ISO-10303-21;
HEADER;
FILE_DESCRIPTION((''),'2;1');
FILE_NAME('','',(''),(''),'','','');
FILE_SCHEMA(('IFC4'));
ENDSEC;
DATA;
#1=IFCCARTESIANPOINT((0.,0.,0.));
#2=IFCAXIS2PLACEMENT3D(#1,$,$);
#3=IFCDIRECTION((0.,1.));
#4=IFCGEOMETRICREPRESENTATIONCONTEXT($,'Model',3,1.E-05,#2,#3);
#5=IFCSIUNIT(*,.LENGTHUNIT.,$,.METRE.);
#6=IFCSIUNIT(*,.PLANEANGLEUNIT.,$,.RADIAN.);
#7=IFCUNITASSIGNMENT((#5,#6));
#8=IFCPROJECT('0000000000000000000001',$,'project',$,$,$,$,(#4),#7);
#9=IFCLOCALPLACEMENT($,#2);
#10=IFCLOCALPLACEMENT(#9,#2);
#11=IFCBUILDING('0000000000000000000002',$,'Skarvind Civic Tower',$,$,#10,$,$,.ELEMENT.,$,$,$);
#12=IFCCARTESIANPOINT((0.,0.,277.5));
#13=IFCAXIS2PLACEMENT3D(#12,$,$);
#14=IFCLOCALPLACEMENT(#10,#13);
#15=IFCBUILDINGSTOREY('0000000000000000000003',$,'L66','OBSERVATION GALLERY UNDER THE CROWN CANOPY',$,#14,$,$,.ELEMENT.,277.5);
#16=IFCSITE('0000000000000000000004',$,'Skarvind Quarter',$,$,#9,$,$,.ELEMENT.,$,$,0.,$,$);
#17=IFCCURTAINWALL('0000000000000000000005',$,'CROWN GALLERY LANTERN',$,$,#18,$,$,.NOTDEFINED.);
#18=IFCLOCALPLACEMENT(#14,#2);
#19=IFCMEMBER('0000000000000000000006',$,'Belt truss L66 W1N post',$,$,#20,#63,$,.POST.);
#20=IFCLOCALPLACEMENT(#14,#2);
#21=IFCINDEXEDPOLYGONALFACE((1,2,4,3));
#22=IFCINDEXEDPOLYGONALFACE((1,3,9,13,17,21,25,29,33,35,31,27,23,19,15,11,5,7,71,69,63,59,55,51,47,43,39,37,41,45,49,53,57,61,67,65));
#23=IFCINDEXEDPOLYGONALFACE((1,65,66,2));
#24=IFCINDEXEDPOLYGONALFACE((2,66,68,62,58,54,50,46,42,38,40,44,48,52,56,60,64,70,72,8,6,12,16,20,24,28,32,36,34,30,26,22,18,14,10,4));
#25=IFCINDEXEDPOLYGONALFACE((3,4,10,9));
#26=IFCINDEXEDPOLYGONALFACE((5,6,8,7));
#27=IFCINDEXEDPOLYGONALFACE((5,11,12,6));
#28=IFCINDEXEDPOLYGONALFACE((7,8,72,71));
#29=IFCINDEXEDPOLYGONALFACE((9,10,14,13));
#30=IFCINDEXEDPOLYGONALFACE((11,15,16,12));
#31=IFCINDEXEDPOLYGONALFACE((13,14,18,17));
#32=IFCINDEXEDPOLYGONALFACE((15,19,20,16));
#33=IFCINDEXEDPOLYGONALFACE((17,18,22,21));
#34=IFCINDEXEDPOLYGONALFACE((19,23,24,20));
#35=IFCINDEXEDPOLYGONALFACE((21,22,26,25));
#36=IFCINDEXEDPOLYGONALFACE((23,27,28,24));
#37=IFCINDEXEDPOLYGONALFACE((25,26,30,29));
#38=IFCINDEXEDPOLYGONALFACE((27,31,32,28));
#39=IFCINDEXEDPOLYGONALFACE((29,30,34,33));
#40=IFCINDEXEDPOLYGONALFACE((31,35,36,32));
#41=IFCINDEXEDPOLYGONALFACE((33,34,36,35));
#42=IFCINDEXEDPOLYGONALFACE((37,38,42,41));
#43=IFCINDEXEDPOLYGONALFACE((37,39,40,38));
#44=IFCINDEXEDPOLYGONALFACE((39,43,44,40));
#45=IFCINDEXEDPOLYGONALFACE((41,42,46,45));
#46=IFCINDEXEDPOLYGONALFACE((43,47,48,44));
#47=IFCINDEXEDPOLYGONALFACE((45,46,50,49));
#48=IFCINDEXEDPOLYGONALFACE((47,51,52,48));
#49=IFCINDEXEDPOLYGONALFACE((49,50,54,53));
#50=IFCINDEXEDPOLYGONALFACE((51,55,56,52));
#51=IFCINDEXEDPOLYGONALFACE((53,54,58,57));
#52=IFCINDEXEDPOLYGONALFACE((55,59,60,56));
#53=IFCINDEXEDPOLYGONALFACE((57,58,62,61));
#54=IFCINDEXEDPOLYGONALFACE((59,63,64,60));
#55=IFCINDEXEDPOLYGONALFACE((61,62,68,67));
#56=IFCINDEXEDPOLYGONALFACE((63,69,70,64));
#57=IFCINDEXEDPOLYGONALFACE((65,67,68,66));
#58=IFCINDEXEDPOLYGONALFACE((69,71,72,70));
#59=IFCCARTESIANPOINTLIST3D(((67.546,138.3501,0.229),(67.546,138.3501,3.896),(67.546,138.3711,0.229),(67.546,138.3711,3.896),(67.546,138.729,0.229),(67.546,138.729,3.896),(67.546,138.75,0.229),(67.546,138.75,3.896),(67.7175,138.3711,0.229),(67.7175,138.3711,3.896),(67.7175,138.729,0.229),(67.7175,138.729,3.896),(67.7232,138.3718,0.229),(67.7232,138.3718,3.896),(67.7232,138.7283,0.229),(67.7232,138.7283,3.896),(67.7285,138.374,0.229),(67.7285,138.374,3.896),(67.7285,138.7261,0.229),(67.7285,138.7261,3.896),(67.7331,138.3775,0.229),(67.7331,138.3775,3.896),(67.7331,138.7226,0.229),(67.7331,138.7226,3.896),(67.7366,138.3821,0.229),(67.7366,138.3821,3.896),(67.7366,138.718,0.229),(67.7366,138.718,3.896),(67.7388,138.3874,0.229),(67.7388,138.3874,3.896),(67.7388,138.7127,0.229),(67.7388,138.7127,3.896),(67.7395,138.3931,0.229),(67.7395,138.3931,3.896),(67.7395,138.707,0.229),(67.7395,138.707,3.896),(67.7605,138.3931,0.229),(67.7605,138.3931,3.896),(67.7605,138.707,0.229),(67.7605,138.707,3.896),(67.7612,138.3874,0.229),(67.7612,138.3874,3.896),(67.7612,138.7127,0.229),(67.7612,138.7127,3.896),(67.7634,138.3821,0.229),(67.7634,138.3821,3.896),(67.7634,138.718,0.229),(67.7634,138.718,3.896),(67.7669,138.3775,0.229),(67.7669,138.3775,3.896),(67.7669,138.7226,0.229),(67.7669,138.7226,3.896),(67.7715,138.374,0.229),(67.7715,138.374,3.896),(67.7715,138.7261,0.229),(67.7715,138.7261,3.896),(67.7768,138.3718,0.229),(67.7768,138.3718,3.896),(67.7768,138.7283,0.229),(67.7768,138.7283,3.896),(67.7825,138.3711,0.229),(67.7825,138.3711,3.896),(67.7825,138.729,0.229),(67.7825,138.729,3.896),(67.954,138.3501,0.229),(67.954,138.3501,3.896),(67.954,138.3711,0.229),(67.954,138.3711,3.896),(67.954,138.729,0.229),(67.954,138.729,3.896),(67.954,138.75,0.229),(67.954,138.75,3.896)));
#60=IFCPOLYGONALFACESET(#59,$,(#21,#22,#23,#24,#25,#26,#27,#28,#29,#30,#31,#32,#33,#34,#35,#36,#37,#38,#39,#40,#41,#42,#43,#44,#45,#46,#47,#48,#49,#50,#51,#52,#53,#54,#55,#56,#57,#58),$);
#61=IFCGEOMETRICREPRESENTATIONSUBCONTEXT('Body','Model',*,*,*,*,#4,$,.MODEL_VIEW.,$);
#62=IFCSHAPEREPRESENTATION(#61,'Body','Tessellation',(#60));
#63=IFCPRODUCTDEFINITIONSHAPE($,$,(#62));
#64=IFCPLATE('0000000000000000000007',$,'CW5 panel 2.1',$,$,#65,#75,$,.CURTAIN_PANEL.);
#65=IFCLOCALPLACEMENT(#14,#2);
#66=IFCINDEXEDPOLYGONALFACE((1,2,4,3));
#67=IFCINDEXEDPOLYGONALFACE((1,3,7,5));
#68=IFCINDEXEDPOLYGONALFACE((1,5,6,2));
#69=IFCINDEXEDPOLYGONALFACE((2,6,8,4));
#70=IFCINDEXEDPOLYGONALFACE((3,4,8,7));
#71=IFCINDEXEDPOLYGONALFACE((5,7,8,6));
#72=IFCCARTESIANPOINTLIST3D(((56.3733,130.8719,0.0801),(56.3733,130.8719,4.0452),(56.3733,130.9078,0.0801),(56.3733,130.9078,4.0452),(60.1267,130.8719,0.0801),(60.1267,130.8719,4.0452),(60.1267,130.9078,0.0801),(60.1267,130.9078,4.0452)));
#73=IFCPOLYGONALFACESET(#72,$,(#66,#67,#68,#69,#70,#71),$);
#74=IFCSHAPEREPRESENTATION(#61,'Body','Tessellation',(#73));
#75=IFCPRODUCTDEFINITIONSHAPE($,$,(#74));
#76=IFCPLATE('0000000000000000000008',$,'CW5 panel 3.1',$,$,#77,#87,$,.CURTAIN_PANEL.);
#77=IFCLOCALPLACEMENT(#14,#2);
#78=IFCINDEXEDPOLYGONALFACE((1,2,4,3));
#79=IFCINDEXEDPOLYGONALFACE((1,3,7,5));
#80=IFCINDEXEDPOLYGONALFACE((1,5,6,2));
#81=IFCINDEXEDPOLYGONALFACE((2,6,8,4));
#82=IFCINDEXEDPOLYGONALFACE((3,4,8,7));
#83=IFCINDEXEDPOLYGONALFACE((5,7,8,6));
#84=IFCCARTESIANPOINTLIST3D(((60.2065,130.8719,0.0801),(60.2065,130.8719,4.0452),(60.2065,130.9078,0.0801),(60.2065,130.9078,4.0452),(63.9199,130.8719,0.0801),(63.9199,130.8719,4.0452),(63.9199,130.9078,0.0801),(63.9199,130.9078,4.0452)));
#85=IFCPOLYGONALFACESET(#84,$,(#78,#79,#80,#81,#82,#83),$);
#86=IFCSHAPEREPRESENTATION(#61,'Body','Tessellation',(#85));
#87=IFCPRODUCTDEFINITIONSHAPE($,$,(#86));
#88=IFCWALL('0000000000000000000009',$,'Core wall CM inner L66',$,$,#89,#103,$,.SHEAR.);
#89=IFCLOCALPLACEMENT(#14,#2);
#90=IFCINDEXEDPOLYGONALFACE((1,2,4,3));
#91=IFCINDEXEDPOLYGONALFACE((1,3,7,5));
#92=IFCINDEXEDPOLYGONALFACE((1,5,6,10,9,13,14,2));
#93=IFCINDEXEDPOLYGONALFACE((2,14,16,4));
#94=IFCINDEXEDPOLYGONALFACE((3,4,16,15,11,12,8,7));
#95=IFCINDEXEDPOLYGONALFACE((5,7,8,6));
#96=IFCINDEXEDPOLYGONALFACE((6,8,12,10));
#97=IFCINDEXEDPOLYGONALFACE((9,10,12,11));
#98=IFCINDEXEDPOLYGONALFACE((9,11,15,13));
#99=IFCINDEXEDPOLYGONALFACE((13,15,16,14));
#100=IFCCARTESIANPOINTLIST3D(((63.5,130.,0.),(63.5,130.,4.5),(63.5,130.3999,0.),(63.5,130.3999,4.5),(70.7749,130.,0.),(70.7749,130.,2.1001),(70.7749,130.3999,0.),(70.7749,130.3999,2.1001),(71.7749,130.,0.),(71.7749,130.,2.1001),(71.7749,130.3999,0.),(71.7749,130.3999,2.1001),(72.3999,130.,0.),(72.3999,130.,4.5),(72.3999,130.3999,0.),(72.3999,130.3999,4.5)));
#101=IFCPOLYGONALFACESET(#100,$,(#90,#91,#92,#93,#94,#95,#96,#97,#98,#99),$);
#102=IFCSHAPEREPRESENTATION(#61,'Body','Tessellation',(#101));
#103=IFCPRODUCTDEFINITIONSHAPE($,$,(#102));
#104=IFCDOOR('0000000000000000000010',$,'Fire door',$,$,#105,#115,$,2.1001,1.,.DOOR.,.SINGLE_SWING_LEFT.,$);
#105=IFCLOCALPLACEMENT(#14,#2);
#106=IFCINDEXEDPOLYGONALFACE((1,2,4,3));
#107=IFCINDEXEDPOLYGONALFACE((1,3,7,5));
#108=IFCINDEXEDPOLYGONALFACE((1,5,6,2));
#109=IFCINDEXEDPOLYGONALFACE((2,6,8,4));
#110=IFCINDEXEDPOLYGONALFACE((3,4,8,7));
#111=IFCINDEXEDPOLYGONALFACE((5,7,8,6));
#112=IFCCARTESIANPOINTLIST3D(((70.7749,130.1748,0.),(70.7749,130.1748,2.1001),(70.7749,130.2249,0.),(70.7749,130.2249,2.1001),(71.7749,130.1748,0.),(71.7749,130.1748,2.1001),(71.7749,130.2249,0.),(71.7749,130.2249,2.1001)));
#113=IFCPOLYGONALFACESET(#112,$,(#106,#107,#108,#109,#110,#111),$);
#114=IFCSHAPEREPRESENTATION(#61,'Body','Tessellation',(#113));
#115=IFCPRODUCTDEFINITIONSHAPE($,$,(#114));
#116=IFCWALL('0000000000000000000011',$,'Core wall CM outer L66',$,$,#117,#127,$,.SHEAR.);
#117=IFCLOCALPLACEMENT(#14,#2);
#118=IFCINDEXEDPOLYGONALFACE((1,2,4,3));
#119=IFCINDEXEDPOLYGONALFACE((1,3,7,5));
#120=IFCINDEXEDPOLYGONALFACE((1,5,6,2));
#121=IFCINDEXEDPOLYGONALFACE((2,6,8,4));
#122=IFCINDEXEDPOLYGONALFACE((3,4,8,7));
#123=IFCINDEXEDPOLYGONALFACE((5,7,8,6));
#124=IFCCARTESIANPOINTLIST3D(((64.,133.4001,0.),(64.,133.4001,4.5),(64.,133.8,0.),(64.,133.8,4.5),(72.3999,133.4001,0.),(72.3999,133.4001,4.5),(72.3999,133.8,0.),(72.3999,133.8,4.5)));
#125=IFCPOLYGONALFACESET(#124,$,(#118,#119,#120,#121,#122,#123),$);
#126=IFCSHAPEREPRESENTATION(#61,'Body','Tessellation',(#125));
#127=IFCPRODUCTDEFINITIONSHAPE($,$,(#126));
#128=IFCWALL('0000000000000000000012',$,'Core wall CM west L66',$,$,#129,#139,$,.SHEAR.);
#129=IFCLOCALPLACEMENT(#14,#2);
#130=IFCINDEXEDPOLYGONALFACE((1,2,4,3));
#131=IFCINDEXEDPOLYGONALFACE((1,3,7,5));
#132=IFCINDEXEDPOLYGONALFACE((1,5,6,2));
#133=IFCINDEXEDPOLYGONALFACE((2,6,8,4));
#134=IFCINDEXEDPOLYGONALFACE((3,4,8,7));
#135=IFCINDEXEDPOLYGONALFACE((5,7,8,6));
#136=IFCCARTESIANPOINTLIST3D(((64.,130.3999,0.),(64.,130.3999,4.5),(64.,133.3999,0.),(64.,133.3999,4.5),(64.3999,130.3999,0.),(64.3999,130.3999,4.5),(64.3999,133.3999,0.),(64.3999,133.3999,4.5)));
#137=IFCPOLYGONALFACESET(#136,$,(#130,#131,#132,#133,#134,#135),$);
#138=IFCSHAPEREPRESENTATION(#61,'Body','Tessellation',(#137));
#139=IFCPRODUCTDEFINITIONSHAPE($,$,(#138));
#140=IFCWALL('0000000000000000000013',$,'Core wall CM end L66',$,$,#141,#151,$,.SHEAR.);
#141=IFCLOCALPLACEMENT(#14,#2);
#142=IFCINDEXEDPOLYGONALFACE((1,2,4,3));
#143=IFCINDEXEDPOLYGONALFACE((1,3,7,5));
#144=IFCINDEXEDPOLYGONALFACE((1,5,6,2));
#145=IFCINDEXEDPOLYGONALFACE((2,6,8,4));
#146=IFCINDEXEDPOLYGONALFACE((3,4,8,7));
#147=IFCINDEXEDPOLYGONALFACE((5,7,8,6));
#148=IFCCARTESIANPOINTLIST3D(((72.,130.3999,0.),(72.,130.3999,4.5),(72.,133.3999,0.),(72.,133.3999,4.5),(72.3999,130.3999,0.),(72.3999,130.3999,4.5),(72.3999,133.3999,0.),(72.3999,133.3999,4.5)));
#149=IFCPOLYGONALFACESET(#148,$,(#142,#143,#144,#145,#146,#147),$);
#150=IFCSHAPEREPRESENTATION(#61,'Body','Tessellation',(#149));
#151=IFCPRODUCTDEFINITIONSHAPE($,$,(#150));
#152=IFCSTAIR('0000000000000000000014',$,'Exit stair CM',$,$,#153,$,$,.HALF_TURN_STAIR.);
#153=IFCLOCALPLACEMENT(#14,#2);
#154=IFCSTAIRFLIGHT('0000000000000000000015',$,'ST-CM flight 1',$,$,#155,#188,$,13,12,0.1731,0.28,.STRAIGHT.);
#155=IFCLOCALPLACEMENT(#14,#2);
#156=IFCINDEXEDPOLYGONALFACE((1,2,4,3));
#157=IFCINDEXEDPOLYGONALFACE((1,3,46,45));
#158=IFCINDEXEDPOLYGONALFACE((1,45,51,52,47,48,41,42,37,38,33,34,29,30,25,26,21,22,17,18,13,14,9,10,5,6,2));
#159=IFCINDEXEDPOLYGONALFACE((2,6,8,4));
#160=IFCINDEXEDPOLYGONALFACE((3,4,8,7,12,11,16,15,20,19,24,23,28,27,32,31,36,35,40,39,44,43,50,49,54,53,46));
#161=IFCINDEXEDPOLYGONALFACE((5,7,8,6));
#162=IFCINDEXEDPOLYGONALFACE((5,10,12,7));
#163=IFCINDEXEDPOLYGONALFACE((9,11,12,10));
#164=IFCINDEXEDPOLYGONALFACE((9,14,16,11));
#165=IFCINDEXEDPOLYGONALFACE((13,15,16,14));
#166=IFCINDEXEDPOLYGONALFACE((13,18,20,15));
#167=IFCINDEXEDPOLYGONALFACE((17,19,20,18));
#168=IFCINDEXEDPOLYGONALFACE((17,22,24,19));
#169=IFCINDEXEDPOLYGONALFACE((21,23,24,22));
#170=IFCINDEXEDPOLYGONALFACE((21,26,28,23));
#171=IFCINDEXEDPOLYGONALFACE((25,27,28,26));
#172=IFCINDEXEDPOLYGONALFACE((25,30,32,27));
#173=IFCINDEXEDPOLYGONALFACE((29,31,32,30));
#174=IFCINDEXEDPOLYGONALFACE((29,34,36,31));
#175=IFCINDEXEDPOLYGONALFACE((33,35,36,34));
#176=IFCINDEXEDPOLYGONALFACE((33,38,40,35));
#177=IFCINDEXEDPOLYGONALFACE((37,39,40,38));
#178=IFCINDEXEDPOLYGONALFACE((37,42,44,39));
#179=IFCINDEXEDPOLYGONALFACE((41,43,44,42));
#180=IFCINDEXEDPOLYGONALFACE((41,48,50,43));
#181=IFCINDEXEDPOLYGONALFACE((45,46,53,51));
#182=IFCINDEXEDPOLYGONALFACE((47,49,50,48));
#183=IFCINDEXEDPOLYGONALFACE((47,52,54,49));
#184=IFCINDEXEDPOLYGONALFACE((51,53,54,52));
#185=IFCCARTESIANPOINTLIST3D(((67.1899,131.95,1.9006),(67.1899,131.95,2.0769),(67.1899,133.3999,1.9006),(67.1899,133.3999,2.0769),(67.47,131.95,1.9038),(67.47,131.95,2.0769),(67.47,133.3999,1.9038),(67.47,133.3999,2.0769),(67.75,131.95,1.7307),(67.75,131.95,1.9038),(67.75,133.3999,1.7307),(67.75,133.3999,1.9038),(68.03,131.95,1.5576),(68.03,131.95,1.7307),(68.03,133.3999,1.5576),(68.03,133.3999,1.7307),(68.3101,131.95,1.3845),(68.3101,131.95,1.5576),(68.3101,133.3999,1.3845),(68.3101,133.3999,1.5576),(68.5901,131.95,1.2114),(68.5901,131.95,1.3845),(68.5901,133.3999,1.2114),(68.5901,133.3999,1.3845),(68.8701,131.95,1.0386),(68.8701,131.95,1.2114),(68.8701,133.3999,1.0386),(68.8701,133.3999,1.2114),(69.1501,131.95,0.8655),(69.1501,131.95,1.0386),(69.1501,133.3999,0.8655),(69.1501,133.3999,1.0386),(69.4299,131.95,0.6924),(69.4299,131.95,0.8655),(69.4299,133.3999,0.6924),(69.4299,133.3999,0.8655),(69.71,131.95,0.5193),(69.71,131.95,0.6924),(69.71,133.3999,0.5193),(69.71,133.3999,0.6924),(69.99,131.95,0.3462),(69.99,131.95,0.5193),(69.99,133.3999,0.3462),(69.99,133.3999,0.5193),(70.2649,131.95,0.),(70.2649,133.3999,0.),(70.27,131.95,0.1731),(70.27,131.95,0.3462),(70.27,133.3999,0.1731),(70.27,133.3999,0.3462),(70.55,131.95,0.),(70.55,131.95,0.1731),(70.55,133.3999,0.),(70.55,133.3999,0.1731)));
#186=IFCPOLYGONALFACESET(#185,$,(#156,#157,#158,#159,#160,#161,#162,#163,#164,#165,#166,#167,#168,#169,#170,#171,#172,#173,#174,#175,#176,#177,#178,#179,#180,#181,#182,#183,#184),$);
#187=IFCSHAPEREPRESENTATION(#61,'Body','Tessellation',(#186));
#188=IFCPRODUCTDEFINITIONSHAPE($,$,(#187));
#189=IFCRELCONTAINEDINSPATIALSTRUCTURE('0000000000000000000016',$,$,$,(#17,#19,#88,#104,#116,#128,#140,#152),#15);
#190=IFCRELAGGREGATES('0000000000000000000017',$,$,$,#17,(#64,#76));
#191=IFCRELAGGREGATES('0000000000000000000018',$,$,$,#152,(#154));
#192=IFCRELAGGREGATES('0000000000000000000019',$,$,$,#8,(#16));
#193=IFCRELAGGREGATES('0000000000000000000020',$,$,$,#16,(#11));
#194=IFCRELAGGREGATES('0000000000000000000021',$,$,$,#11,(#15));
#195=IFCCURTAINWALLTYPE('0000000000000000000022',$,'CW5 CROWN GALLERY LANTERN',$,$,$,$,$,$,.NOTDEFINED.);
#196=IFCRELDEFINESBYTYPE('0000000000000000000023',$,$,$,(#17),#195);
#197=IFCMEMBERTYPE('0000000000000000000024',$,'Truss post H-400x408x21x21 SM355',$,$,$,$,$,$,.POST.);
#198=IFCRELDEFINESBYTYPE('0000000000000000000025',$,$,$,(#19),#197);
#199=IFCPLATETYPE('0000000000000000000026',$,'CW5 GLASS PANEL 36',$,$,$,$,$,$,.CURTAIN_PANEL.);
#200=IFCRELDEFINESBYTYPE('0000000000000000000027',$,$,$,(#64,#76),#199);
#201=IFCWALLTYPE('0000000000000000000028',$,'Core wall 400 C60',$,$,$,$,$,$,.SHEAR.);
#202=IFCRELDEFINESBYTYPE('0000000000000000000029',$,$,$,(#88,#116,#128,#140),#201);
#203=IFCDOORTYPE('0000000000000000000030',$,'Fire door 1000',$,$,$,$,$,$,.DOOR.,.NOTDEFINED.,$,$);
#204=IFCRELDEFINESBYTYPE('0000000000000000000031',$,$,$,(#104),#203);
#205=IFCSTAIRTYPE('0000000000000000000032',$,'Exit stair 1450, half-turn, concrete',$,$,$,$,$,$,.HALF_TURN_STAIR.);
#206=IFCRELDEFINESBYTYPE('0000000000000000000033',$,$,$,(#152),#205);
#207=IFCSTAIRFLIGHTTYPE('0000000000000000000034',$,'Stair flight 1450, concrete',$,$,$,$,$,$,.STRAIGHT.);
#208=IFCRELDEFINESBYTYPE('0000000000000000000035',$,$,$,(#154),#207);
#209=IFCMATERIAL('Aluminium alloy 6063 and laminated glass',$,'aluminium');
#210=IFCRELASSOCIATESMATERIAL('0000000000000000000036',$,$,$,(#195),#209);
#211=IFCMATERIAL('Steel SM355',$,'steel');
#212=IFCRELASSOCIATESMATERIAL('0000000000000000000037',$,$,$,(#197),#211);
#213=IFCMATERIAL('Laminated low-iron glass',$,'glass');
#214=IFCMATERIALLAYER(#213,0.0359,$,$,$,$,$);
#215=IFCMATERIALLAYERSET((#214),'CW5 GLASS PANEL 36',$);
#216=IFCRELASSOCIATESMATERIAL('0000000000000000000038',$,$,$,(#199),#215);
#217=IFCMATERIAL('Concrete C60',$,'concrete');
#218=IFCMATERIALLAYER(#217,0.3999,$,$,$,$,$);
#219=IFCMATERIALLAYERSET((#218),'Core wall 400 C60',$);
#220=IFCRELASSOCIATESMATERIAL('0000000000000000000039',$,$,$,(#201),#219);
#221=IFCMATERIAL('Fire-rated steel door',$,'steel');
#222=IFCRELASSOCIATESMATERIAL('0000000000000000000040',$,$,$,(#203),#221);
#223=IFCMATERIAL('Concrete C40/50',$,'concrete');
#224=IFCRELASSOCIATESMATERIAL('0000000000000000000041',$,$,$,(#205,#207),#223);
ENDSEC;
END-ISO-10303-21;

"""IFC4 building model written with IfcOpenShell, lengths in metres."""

from ifc_helpers import new_model, si_unit, direction, frame, frame_2d, origin, origin_2d, place, context, subcontext, project, spatial, polyline, rectangle, i_section, outline, extrude, material, layer, layer_set, material_profile, profile_set, type_object, element, fill, aggregate, save


model = new_model("IFC4")

# Units and contexts
model_context = context("Model", 3, precision=1e-05, world=origin(), true_north=direction((0.0, 1.0)))
body_context = subcontext(model_context, "Body", "Model", "MODEL_VIEW")
ifc_project = project(units=[si_unit("LENGTHUNIT", "METRE"), si_unit("PLANEANGLEUNIT", "RADIAN")], contexts=[model_context])

# Site, building, storey
site_placement = place(None, origin())
site = spatial("IfcSite", under=ifc_project, at=site_placement, Name="Skarvind Quarter", CompositionType="ELEMENT", RefElevation=0.0)
building_placement = place(site_placement, origin())
building = spatial("IfcBuilding", under=site, at=building_placement, Name="Skarvind Civic Tower", CompositionType="ELEMENT")
storey_placement = place(building_placement, frame((0.0, 0.0, 277.5)))
storey = spatial("IfcBuildingStorey", under=building, at=storey_placement, Name="L66", Description="OBSERVATION GALLERY UNDER THE CROWN CANOPY", CompositionType="ELEMENT", Elevation=277.5)

# Shared definitions
ifc_material_1 = material(Name="Concrete C60", Category="concrete")

# Curtain wall
ifc_material_2 = material(Name="Aluminium alloy 6063 and laminated glass", Category="aluminium")
curtain_wall_type = type_object("IfcCurtainWallType", Name="CW5 CROWN GALLERY LANTERN", PredefinedType="NOTDEFINED", material=ifc_material_2)
curtain_wall_placement = place(storey_placement, origin())
curtain_wall = element("IfcCurtainWall", 1, at=curtain_wall_placement, inside=storey, type_object=curtain_wall_type, Name="CROWN GALLERY LANTERN", PredefinedType="NOTDEFINED")

# Member
ifc_material_3 = material(Name="Steel SM355", Category="steel")
ifc_material_profile_1 = material_profile(ifc_material_3, i_section(OverallWidth=0.408, OverallDepth=0.3999, WebThickness=0.021, FlangeThickness=0.021, FilletRadius=0.022, at=origin_2d()), Name="H-400x408x21x21")
ifc_profile_set_1 = profile_set([ifc_material_profile_1], Name="Steel SM355")
member_type_1 = type_object("IfcMemberType", Name="Truss post H-400x408x21x21 SM355", PredefinedType="POST", material=ifc_profile_set_1)
for number, where, z_axis, x_axis, name in (
    (2, (67.75, 138.55, 0.229), (0.0, 0.0, 1.0), (1.0, 0.0, 0.0), "Belt truss L66 W1N post"),
):
    element("IfcMember", number, at=place(storey_placement, frame(where, z_axis=z_axis, x_axis=x_axis)), inside=storey, type_object=member_type_1, Name=name, PredefinedType="POST", context=body_context, shape_type="SweptSolid", body=[
        extrude(i_section(OverallWidth=0.408, OverallDepth=0.3999, WebThickness=0.021, FlangeThickness=0.021, FilletRadius=0.022, at=origin_2d()), origin(), (0.0, 0.0, 1.0), 3.667),
    ])

# Plates
ifc_material_4 = material(Name="Laminated low-iron glass", Category="glass")
ifc_layer_1 = layer(ifc_material_4, 0.0359)
ifc_layer_set_1 = layer_set([ifc_layer_1], Name="CW5 GLASS PANEL 36")
plate_type = type_object("IfcPlateType", Name="CW5 GLASS PANEL 36", PredefinedType="CURTAIN_PANEL", material=ifc_layer_set_1)
plate_1_placement = place(storey_placement, frame((58.25, 130.8899, 0.0801), z_axis=(0.0, 0.0, 1.0), x_axis=(1.0, 0.0, 0.0)))
plate_1 = element("IfcPlate", 3, at=plate_1_placement, type_object=plate_type, Name="CW5 panel 2.1", PredefinedType="CURTAIN_PANEL", context=body_context, shape_type="SweptSolid", body=[
    extrude(rectangle(XDim=3.7534, YDim=0.0359, at=origin_2d()), origin(), (0.0, 0.0, 1.0), 3.9651),
])
plate_2_placement = place(storey_placement, frame((62.0632, 130.8899, 0.0801), z_axis=(0.0, 0.0, 1.0), x_axis=(1.0, 0.0, 0.0)))
plate_2 = element("IfcPlate", 4, at=plate_2_placement, type_object=plate_type, Name="CW5 panel 3.1", PredefinedType="CURTAIN_PANEL", context=body_context, shape_type="SweptSolid", body=[
    extrude(rectangle(XDim=3.7134, YDim=0.0359, at=origin_2d()), origin(), (0.0, 0.0, 1.0), 3.9651),
])
aggregate(curtain_wall, [plate_1, plate_2])

# Wall, opening, door
ifc_layer_2 = layer(ifc_material_1, 0.3999)
ifc_layer_set_2 = layer_set([ifc_layer_2], Name="Core wall 400 C60")
wall_type_1 = type_object("IfcWallType", Name="Core wall 400 C60", PredefinedType="SHEAR", material=ifc_layer_set_2)
wall_1_placement = place(storey_placement, frame((63.5, 130.2, 0.0), z_axis=(0.0, 0.0, 1.0), x_axis=(1.0, 0.0, 0.0)))
wall_1 = element("IfcWall", 5, at=wall_1_placement, inside=storey, type_object=wall_type_1, Name="Core wall CM inner L66", PredefinedType="SHEAR", context=body_context, shape_type="SweptSolid", body=[
    extrude(rectangle(XDim=8.8999, YDim=0.3999, at=frame_2d((4.45, 0.0))), origin(), (0.0, 0.0, 1.0), 4.5),
])
opening_1_placement = place(wall_1_placement, frame((7.2749, 0.0, 0.0)))
opening_1 = element("IfcOpeningElement", 6, at=opening_1_placement, cuts=wall_1, PredefinedType="OPENING", context=body_context, shape_type="SweptSolid", body=[
    extrude(rectangle(XDim=1.0, YDim=2.1001, at=frame_2d((0.5, 1.05))), frame((0.0, 0.21, 0.0), z_axis=(0.0, -1.0, 0.0), x_axis=(1.0, 0.0, 0.0)), (0.0, 0.0, 1.0), 0.4199),
])
ifc_material_5 = material(Name="Fire-rated steel door", Category="steel")
door_type_1 = type_object("IfcDoorType", Name="Fire door 1000", OperationType="NOTDEFINED", PredefinedType="DOOR", material=ifc_material_5)
door_1_placement = place(opening_1_placement, origin())
door_1 = element("IfcDoor", 7, at=door_1_placement, inside=storey, type_object=door_type_1, Name="Fire door", OperationType="SINGLE_SWING_LEFT", OverallHeight=2.1001, OverallWidth=1.0, PredefinedType="DOOR", context=body_context, shape_type="SweptSolid", body=[
    extrude(rectangle(XDim=1.0, YDim=2.1001, at=frame_2d((0.5, 1.05))), frame((0.0, 0.0249, 0.0), z_axis=(0.0, -1.0, 0.0), x_axis=(1.0, 0.0, 0.0)), (0.0, 0.0, 1.0), 0.05),
])
fill(opening_1, door_1)

# Walls
wall_2_placement = place(storey_placement, frame((64.0, 133.6001, 0.0), z_axis=(0.0, 0.0, 1.0), x_axis=(1.0, 0.0, 0.0)))
element("IfcWall", 8, at=wall_2_placement, inside=storey, type_object=wall_type_1, Name="Core wall CM outer L66", PredefinedType="SHEAR", context=body_context, shape_type="SweptSolid", body=[
    extrude(rectangle(XDim=8.3999, YDim=0.3999, at=frame_2d((4.2, 0.0))), origin(), (0.0, 0.0, 1.0), 4.5),
])
for number, where, z_axis, x_axis, name in (
    (9, (64.2, 130.3999, 0.0), (0.0, 0.0, 1.0), (0.0, 1.0, 0.0), "Core wall CM west L66"),
    (10, (72.2, 130.3999, 0.0), (0.0, 0.0, 1.0), (0.0, 1.0, 0.0), "Core wall CM end L66"),
):
    element("IfcWall", number, at=place(storey_placement, frame(where, z_axis=z_axis, x_axis=x_axis)), inside=storey, type_object=wall_type_1, Name=name, PredefinedType="SHEAR", context=body_context, shape_type="SweptSolid", body=[
        extrude(rectangle(XDim=3.0, YDim=0.3999, at=frame_2d((1.5, 0.0))), origin(), (0.0, 0.0, 1.0), 4.5),
    ])

# Stair, stair flight
ifc_material_6 = material(Name="Concrete C40/50", Category="concrete")
stair_type = type_object("IfcStairType", Name="Exit stair 1450, half-turn, concrete", PredefinedType="HALF_TURN_STAIR", material=ifc_material_6)
stair_placement = place(storey_placement, origin())
stair = element("IfcStair", 11, at=stair_placement, inside=storey, type_object=stair_type, Name="Exit stair CM", PredefinedType="HALF_TURN_STAIR")
stair_flight_type = type_object("IfcStairFlightType", Name="Stair flight 1450, concrete", PredefinedType="STRAIGHT", material=ifc_material_6)
stair_flight_1_placement = place(storey_placement, frame((70.55, 132.675, 0.0), z_axis=(0.0, 0.0, 1.0), x_axis=(-1.0, 0.0, 0.0)))
stair_flight_1 = element("IfcStairFlight", 12, at=stair_flight_1_placement, type_object=stair_flight_type, Name="ST-CM flight 1", NumberOfRisers=13, NumberOfTreads=12, PredefinedType="STRAIGHT", RiserHeight=0.1731, TreadLength=0.28, context=body_context, shape_type="SweptSolid", body=[
    extrude(outline(polyline([(0.0, 0.0), (0.0, 0.1731), (0.28, 0.1731), (0.28, 0.3462), (0.5601, 0.3462), (0.5601, 0.5193), (0.8401, 0.5193), (0.8401, 0.6924), (1.1201, 0.6924), (1.1201, 0.8655), (1.3999, 0.8655), (1.3999, 1.0386), (1.6799, 1.0386), (1.6799, 1.2114), (1.96, 1.2114), (1.96, 1.3845), (2.24, 1.3845), (2.24, 1.5576), (2.52, 1.5576), (2.52, 1.7307), (2.8, 1.7307), (2.8, 1.9038), (3.0801, 1.9038), (3.0801, 2.0769), (3.3601, 2.0769), (3.3601, 2.25), (3.3601, 1.9006), (0.2852, 0.0), (0.0, 0.0)])), frame((0.0, 0.7251, 0.0), z_axis=(0.0, -1.0, 0.0), x_axis=(1.0, 0.0, 0.0)), (0.0, 0.0, 1.0), 1.45),
])
aggregate(stair, [stair_flight_1])

save(model, "model.ifc")
